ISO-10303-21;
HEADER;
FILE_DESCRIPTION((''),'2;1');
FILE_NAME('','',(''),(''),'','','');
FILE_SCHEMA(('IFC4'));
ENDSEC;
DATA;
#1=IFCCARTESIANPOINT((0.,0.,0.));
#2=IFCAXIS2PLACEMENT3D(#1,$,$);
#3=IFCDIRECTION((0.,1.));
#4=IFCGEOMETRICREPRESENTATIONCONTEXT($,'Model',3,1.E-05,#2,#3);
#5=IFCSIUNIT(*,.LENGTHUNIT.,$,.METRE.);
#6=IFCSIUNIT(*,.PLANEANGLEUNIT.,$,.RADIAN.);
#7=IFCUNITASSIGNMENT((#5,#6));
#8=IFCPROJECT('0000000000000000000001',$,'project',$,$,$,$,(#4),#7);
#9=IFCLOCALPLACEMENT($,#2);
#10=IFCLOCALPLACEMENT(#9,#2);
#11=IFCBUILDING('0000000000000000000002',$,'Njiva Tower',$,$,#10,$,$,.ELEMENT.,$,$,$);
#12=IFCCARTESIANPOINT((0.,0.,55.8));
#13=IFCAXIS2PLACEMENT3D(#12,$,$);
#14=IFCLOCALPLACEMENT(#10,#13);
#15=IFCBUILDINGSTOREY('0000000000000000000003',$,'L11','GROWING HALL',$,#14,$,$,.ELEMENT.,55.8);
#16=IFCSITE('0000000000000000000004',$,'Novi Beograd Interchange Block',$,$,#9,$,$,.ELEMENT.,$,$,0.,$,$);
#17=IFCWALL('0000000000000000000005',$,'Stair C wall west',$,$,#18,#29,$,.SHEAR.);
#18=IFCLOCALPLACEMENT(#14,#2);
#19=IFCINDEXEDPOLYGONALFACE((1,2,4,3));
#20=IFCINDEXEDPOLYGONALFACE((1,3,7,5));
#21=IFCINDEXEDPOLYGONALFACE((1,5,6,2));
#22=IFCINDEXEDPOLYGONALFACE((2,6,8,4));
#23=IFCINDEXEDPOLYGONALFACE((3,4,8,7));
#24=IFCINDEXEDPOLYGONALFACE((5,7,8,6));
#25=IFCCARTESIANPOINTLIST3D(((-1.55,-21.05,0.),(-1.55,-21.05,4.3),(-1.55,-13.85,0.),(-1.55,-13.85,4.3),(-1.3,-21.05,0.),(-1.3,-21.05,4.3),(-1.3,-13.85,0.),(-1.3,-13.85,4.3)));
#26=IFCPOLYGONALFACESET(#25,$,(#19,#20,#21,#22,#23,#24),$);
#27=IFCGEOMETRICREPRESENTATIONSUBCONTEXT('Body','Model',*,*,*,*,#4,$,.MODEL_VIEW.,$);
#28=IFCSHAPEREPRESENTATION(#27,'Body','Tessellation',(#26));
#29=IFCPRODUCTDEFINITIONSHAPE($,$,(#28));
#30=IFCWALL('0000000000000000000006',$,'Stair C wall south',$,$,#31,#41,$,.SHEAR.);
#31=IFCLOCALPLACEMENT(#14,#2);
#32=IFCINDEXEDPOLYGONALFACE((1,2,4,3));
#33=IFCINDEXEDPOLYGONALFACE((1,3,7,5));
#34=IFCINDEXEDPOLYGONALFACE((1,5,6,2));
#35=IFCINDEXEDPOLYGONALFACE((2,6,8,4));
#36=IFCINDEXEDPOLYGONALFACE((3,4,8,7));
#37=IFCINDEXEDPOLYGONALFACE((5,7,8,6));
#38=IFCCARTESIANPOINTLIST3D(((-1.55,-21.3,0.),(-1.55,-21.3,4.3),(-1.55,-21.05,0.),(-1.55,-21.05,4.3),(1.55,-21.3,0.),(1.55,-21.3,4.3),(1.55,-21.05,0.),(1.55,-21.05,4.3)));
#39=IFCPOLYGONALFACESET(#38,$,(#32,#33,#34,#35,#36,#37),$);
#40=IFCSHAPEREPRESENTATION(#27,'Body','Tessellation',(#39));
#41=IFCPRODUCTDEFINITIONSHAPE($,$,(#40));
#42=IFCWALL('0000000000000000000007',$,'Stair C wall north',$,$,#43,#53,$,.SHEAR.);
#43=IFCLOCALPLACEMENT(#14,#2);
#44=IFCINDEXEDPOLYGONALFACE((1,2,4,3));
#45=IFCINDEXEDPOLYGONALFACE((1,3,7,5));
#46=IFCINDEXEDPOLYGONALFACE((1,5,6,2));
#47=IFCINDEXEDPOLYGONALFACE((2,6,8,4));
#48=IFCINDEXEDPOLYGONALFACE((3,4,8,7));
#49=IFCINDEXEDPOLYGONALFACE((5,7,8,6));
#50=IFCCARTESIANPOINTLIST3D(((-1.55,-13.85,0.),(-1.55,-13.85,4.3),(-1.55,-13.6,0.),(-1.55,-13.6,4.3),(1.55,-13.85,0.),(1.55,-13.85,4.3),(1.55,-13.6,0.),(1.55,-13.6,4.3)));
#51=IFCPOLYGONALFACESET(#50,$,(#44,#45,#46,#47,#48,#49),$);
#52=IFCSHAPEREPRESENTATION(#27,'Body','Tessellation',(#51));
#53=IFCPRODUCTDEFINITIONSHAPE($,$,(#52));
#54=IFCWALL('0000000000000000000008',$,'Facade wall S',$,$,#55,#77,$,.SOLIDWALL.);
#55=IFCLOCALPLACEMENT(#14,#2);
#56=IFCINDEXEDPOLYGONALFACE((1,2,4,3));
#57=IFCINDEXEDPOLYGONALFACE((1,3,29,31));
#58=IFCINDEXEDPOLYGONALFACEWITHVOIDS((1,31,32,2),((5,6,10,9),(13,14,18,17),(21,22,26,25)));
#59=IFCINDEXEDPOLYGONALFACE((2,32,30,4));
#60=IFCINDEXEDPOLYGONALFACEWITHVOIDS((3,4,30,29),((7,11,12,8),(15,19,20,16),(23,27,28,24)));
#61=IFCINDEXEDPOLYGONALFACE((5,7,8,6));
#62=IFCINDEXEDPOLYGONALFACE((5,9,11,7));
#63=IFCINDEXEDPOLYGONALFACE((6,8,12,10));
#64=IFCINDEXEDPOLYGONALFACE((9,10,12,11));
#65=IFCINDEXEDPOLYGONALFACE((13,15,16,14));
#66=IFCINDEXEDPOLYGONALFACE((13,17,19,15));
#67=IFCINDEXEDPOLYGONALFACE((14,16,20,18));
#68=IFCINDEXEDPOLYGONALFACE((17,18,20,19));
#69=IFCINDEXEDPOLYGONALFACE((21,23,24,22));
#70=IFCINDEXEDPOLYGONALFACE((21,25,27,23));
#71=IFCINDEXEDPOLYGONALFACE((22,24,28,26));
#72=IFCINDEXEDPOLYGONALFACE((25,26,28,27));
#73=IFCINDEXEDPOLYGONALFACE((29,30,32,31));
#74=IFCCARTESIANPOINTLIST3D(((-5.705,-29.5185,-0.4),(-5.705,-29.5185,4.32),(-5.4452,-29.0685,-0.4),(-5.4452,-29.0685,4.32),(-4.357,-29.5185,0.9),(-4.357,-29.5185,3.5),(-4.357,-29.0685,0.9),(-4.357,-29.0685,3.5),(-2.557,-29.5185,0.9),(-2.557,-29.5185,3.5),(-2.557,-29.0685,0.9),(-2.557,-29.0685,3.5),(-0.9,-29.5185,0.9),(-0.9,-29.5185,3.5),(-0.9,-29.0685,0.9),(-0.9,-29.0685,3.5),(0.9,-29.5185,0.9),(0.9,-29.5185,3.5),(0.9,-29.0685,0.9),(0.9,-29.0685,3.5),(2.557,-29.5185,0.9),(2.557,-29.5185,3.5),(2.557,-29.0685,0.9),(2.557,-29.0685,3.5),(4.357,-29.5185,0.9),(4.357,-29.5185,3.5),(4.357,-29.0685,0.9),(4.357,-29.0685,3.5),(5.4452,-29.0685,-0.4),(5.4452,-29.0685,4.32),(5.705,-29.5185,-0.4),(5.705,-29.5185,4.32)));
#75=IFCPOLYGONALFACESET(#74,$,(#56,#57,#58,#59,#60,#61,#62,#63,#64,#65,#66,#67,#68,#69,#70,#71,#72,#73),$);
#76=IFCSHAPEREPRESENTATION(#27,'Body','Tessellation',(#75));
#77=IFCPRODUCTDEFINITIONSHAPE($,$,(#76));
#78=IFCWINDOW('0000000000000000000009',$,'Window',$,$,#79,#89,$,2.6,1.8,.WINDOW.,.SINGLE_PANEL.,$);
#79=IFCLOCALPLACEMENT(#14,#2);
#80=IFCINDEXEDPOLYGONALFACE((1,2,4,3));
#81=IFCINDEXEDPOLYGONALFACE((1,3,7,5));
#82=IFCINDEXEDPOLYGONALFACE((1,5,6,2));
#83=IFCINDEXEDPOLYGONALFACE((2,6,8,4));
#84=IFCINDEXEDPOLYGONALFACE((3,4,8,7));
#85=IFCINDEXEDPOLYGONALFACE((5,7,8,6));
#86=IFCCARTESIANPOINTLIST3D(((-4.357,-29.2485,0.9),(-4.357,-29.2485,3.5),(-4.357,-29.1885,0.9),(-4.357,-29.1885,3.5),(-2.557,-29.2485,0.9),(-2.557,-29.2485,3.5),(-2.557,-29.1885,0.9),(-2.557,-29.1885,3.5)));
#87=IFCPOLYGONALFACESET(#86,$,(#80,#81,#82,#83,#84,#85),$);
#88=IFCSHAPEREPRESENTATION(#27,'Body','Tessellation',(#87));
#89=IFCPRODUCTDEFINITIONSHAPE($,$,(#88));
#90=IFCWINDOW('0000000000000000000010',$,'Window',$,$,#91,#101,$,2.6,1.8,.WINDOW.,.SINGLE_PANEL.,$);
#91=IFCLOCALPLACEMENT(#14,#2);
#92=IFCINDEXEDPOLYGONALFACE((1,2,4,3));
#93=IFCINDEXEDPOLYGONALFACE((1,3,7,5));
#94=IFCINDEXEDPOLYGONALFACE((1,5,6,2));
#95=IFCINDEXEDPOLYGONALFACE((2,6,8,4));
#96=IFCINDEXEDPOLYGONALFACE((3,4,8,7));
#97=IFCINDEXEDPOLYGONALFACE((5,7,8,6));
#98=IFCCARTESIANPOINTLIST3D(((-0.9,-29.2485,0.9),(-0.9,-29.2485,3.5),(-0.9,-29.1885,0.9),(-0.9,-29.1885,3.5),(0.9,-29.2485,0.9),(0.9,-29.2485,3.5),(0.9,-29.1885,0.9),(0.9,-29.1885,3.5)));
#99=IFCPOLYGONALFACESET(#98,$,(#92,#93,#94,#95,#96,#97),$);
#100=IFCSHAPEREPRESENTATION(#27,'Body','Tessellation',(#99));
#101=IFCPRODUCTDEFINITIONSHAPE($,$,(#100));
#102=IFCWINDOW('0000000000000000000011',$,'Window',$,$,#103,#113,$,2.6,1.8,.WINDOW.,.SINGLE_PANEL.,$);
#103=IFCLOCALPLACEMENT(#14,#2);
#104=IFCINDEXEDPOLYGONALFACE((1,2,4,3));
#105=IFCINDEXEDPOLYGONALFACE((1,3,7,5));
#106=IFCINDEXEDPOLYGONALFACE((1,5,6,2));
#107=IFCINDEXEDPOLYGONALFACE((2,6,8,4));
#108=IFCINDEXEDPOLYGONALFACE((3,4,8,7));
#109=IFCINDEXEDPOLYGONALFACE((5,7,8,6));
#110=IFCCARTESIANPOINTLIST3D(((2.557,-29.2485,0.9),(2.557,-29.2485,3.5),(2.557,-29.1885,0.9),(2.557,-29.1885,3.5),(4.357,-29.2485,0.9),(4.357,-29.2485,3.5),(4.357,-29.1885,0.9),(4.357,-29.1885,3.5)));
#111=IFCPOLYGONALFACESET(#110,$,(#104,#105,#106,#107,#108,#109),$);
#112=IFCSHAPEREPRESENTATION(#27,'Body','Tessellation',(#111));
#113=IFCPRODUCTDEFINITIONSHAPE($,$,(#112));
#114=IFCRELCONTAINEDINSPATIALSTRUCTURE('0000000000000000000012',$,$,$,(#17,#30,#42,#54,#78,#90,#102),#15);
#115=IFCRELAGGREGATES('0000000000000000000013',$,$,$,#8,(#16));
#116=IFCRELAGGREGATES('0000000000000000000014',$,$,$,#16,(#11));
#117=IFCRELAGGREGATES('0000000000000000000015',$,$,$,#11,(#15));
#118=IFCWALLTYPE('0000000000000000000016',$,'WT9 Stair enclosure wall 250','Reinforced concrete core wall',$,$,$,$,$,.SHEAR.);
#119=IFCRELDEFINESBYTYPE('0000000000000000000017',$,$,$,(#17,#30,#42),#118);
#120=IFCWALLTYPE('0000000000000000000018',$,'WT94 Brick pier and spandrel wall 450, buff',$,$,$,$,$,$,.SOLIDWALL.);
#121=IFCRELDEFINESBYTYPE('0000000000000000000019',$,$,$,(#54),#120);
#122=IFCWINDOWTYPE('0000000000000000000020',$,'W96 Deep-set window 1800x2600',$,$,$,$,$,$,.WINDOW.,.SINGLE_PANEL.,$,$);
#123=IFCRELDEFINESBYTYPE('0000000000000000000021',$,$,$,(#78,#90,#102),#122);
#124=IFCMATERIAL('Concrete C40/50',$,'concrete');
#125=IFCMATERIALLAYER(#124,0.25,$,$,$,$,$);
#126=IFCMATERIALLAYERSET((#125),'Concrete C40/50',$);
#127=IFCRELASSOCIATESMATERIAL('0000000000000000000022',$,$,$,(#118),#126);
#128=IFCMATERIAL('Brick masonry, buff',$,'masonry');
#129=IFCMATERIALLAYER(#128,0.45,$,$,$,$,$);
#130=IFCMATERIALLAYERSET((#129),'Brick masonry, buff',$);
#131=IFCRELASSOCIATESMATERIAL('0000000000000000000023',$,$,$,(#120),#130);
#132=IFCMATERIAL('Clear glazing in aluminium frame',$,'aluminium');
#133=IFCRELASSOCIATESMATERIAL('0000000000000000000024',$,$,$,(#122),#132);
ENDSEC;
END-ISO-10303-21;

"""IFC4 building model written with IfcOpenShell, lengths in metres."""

from ifc_helpers import new_model, si_unit, direction, frame, frame_2d, origin, place, context, subcontext, project, spatial, polyline, rectangle, outline, extrude, material, layer, layer_set, type_object, element, fill, save


model = new_model("IFC4")

# Units and contexts
model_context = context("Model", 3, precision=1e-05, world=origin(), true_north=direction((0.0, 1.0)))
body_context = subcontext(model_context, "Body", "Model", "MODEL_VIEW")
ifc_project = project(units=[si_unit("LENGTHUNIT", "METRE"), si_unit("PLANEANGLEUNIT", "RADIAN")], contexts=[model_context])

# Site, building, storey
site_placement = place(None, origin())
site = spatial("IfcSite", under=ifc_project, at=site_placement, Name="Novi Beograd Interchange Block", CompositionType="ELEMENT", RefElevation=0.0)
building_placement = place(site_placement, origin())
building = spatial("IfcBuilding", under=site, at=building_placement, Name="Njiva Tower", CompositionType="ELEMENT")
storey_placement = place(building_placement, frame((0.0, 0.0, 55.8)))
storey = spatial("IfcBuildingStorey", under=building, at=storey_placement, Name="L11", Description="GROWING HALL", CompositionType="ELEMENT", Elevation=55.8)

# Walls
ifc_material_1 = material(Name="Concrete C40/50", Category="concrete")
ifc_layer_1 = layer(ifc_material_1, 0.25)
ifc_layer_set_1 = layer_set([ifc_layer_1], Name="Concrete C40/50")
wall_type_1 = type_object("IfcWallType", Name="WT9 Stair enclosure wall 250", Description="Reinforced concrete core wall", PredefinedType="SHEAR", material=ifc_layer_set_1)
wall_1_placement = place(storey_placement, frame((-1.425, -21.05, 0.0), z_axis=(0.0, 0.0, 1.0), x_axis=(0.0, 1.0, 0.0)))
element("IfcWall", 1, at=wall_1_placement, inside=storey, type_object=wall_type_1, Name="Stair C wall west", PredefinedType="SHEAR", context=body_context, shape_type="SweptSolid", body=[
    extrude(rectangle(XDim=7.2, YDim=0.25, at=frame_2d((3.6, 0.0))), origin(), (0.0, 0.0, 1.0), 4.3),
])
for number, where, z_axis, x_axis, name in (
    (2, (-1.55, -21.175, 0.0), (0.0, 0.0, 1.0), (1.0, 0.0, 0.0), "Stair C wall south"),
    (3, (-1.55, -13.725, 0.0), (0.0, 0.0, 1.0), (1.0, 0.0, 0.0), "Stair C wall north"),
):
    element("IfcWall", number, at=place(storey_placement, frame(where, z_axis=z_axis, x_axis=x_axis)), inside=storey, type_object=wall_type_1, Name=name, PredefinedType="SHEAR", context=body_context, shape_type="SweptSolid", body=[
        extrude(rectangle(XDim=3.1, YDim=0.25, at=frame_2d((1.55, 0.0))), origin(), (0.0, 0.0, 1.0), 4.3),
    ])

# Wall, openings, windows
ifc_material_2 = material(Name="Brick masonry, buff", Category="masonry")
ifc_layer_2 = layer(ifc_material_2, 0.45)
ifc_layer_set_2 = layer_set([ifc_layer_2], Name="Brick masonry, buff")
wall_type_2 = type_object("IfcWallType", Name="WT94 Brick pier and spandrel wall 450, buff", PredefinedType="SOLIDWALL", material=ifc_layer_set_2)
wall_2_placement = place(storey_placement, frame((-5.5751, -29.2935, -0.4), z_axis=(0.0, 0.0, 1.0), x_axis=(1.0, 0.0, 0.0)))
wall_2 = element("IfcWall", 4, at=wall_2_placement, inside=storey, type_object=wall_type_2, Name="Facade wall S", PredefinedType="SOLIDWALL", context=body_context, shape_type="SweptSolid", body=[
    extrude(outline(polyline([(-0.1299, -0.225), (11.2801, -0.225), (11.0203, 0.225), (0.1299, 0.225), (-0.1299, -0.225)])), origin(), (0.0, 0.0, 1.0), 4.72),
])
opening_1_placement = place(wall_2_placement, frame((1.2181, 0.0, 1.3)))
opening_1 = element("IfcOpeningElement", 5, at=opening_1_placement, cuts=wall_2, PredefinedType="OPENING", context=body_context, shape_type="SweptSolid", body=[
    extrude(rectangle(XDim=1.8, YDim=2.6, at=frame_2d((0.9, 1.3))), frame((0.0, 0.235, 0.0), z_axis=(0.0, -1.0, 0.0), x_axis=(1.0, 0.0, 0.0)), (0.0, 0.0, 1.0), 0.47),
])
opening_2_placement = place(wall_2_placement, frame((4.6751, 0.0, 1.3)))
opening_2 = element("IfcOpeningElement", 6, at=opening_2_placement, cuts=wall_2, PredefinedType="OPENING", context=body_context, shape_type="SweptSolid", body=[
    extrude(rectangle(XDim=1.8, YDim=2.6, at=frame_2d((0.9, 1.3))), frame((0.0, 0.235, 0.0), z_axis=(0.0, -1.0, 0.0), x_axis=(1.0, 0.0, 0.0)), (0.0, 0.0, 1.0), 0.47),
])
opening_3_placement = place(wall_2_placement, frame((8.1321, 0.0, 1.3)))
opening_3 = element("IfcOpeningElement", 7, at=opening_3_placement, cuts=wall_2, PredefinedType="OPENING", context=body_context, shape_type="SweptSolid", body=[
    extrude(rectangle(XDim=1.8, YDim=2.6, at=frame_2d((0.9, 1.3))), frame((0.0, 0.235, 0.0), z_axis=(0.0, -1.0, 0.0), x_axis=(1.0, 0.0, 0.0)), (0.0, 0.0, 1.0), 0.47),
])
ifc_material_3 = material(Name="Clear glazing in aluminium frame", Category="aluminium")
window_type = type_object("IfcWindowType", Name="W96 Deep-set window 1800x2600", PartitioningType="SINGLE_PANEL", PredefinedType="WINDOW", material=ifc_material_3)
window_1_placement = place(opening_1_placement, origin())
window_1 = element("IfcWindow", 8, at=window_1_placement, inside=storey, type_object=window_type, Name="Window", OverallHeight=2.6, OverallWidth=1.8, PartitioningType="SINGLE_PANEL", PredefinedType="WINDOW", context=body_context, shape_type="SweptSolid", body=[
    extrude(rectangle(XDim=1.8, YDim=2.6, at=frame_2d((0.9, 1.3))), frame((0.0, 0.105, 0.0), z_axis=(0.0, -1.0, 0.0), x_axis=(1.0, 0.0, 0.0)), (0.0, 0.0, 1.0), 0.06),
])
fill(opening_1, window_1)
window_2_placement = place(opening_2_placement, origin())
window_2 = element("IfcWindow", 9, at=window_2_placement, inside=storey, type_object=window_type, Name="Window", OverallHeight=2.6, OverallWidth=1.8, PartitioningType="SINGLE_PANEL", PredefinedType="WINDOW", context=body_context, shape_type="SweptSolid", body=[
    extrude(rectangle(XDim=1.8, YDim=2.6, at=frame_2d((0.9, 1.3))), frame((0.0, 0.105, 0.0), z_axis=(0.0, -1.0, 0.0), x_axis=(1.0, 0.0, 0.0)), (0.0, 0.0, 1.0), 0.06),
])
fill(opening_2, window_2)
window_3_placement = place(opening_3_placement, origin())
window_3 = element("IfcWindow", 10, at=window_3_placement, inside=storey, type_object=window_type, Name="Window", OverallHeight=2.6, OverallWidth=1.8, PartitioningType="SINGLE_PANEL", PredefinedType="WINDOW", context=body_context, shape_type="SweptSolid", body=[
    extrude(rectangle(XDim=1.8, YDim=2.6, at=frame_2d((0.9, 1.3))), frame((0.0, 0.105, 0.0), z_axis=(0.0, -1.0, 0.0), x_axis=(1.0, 0.0, 0.0)), (0.0, 0.0, 1.0), 0.06),
])
fill(opening_3, window_3)

save(model, "model.ifc")
